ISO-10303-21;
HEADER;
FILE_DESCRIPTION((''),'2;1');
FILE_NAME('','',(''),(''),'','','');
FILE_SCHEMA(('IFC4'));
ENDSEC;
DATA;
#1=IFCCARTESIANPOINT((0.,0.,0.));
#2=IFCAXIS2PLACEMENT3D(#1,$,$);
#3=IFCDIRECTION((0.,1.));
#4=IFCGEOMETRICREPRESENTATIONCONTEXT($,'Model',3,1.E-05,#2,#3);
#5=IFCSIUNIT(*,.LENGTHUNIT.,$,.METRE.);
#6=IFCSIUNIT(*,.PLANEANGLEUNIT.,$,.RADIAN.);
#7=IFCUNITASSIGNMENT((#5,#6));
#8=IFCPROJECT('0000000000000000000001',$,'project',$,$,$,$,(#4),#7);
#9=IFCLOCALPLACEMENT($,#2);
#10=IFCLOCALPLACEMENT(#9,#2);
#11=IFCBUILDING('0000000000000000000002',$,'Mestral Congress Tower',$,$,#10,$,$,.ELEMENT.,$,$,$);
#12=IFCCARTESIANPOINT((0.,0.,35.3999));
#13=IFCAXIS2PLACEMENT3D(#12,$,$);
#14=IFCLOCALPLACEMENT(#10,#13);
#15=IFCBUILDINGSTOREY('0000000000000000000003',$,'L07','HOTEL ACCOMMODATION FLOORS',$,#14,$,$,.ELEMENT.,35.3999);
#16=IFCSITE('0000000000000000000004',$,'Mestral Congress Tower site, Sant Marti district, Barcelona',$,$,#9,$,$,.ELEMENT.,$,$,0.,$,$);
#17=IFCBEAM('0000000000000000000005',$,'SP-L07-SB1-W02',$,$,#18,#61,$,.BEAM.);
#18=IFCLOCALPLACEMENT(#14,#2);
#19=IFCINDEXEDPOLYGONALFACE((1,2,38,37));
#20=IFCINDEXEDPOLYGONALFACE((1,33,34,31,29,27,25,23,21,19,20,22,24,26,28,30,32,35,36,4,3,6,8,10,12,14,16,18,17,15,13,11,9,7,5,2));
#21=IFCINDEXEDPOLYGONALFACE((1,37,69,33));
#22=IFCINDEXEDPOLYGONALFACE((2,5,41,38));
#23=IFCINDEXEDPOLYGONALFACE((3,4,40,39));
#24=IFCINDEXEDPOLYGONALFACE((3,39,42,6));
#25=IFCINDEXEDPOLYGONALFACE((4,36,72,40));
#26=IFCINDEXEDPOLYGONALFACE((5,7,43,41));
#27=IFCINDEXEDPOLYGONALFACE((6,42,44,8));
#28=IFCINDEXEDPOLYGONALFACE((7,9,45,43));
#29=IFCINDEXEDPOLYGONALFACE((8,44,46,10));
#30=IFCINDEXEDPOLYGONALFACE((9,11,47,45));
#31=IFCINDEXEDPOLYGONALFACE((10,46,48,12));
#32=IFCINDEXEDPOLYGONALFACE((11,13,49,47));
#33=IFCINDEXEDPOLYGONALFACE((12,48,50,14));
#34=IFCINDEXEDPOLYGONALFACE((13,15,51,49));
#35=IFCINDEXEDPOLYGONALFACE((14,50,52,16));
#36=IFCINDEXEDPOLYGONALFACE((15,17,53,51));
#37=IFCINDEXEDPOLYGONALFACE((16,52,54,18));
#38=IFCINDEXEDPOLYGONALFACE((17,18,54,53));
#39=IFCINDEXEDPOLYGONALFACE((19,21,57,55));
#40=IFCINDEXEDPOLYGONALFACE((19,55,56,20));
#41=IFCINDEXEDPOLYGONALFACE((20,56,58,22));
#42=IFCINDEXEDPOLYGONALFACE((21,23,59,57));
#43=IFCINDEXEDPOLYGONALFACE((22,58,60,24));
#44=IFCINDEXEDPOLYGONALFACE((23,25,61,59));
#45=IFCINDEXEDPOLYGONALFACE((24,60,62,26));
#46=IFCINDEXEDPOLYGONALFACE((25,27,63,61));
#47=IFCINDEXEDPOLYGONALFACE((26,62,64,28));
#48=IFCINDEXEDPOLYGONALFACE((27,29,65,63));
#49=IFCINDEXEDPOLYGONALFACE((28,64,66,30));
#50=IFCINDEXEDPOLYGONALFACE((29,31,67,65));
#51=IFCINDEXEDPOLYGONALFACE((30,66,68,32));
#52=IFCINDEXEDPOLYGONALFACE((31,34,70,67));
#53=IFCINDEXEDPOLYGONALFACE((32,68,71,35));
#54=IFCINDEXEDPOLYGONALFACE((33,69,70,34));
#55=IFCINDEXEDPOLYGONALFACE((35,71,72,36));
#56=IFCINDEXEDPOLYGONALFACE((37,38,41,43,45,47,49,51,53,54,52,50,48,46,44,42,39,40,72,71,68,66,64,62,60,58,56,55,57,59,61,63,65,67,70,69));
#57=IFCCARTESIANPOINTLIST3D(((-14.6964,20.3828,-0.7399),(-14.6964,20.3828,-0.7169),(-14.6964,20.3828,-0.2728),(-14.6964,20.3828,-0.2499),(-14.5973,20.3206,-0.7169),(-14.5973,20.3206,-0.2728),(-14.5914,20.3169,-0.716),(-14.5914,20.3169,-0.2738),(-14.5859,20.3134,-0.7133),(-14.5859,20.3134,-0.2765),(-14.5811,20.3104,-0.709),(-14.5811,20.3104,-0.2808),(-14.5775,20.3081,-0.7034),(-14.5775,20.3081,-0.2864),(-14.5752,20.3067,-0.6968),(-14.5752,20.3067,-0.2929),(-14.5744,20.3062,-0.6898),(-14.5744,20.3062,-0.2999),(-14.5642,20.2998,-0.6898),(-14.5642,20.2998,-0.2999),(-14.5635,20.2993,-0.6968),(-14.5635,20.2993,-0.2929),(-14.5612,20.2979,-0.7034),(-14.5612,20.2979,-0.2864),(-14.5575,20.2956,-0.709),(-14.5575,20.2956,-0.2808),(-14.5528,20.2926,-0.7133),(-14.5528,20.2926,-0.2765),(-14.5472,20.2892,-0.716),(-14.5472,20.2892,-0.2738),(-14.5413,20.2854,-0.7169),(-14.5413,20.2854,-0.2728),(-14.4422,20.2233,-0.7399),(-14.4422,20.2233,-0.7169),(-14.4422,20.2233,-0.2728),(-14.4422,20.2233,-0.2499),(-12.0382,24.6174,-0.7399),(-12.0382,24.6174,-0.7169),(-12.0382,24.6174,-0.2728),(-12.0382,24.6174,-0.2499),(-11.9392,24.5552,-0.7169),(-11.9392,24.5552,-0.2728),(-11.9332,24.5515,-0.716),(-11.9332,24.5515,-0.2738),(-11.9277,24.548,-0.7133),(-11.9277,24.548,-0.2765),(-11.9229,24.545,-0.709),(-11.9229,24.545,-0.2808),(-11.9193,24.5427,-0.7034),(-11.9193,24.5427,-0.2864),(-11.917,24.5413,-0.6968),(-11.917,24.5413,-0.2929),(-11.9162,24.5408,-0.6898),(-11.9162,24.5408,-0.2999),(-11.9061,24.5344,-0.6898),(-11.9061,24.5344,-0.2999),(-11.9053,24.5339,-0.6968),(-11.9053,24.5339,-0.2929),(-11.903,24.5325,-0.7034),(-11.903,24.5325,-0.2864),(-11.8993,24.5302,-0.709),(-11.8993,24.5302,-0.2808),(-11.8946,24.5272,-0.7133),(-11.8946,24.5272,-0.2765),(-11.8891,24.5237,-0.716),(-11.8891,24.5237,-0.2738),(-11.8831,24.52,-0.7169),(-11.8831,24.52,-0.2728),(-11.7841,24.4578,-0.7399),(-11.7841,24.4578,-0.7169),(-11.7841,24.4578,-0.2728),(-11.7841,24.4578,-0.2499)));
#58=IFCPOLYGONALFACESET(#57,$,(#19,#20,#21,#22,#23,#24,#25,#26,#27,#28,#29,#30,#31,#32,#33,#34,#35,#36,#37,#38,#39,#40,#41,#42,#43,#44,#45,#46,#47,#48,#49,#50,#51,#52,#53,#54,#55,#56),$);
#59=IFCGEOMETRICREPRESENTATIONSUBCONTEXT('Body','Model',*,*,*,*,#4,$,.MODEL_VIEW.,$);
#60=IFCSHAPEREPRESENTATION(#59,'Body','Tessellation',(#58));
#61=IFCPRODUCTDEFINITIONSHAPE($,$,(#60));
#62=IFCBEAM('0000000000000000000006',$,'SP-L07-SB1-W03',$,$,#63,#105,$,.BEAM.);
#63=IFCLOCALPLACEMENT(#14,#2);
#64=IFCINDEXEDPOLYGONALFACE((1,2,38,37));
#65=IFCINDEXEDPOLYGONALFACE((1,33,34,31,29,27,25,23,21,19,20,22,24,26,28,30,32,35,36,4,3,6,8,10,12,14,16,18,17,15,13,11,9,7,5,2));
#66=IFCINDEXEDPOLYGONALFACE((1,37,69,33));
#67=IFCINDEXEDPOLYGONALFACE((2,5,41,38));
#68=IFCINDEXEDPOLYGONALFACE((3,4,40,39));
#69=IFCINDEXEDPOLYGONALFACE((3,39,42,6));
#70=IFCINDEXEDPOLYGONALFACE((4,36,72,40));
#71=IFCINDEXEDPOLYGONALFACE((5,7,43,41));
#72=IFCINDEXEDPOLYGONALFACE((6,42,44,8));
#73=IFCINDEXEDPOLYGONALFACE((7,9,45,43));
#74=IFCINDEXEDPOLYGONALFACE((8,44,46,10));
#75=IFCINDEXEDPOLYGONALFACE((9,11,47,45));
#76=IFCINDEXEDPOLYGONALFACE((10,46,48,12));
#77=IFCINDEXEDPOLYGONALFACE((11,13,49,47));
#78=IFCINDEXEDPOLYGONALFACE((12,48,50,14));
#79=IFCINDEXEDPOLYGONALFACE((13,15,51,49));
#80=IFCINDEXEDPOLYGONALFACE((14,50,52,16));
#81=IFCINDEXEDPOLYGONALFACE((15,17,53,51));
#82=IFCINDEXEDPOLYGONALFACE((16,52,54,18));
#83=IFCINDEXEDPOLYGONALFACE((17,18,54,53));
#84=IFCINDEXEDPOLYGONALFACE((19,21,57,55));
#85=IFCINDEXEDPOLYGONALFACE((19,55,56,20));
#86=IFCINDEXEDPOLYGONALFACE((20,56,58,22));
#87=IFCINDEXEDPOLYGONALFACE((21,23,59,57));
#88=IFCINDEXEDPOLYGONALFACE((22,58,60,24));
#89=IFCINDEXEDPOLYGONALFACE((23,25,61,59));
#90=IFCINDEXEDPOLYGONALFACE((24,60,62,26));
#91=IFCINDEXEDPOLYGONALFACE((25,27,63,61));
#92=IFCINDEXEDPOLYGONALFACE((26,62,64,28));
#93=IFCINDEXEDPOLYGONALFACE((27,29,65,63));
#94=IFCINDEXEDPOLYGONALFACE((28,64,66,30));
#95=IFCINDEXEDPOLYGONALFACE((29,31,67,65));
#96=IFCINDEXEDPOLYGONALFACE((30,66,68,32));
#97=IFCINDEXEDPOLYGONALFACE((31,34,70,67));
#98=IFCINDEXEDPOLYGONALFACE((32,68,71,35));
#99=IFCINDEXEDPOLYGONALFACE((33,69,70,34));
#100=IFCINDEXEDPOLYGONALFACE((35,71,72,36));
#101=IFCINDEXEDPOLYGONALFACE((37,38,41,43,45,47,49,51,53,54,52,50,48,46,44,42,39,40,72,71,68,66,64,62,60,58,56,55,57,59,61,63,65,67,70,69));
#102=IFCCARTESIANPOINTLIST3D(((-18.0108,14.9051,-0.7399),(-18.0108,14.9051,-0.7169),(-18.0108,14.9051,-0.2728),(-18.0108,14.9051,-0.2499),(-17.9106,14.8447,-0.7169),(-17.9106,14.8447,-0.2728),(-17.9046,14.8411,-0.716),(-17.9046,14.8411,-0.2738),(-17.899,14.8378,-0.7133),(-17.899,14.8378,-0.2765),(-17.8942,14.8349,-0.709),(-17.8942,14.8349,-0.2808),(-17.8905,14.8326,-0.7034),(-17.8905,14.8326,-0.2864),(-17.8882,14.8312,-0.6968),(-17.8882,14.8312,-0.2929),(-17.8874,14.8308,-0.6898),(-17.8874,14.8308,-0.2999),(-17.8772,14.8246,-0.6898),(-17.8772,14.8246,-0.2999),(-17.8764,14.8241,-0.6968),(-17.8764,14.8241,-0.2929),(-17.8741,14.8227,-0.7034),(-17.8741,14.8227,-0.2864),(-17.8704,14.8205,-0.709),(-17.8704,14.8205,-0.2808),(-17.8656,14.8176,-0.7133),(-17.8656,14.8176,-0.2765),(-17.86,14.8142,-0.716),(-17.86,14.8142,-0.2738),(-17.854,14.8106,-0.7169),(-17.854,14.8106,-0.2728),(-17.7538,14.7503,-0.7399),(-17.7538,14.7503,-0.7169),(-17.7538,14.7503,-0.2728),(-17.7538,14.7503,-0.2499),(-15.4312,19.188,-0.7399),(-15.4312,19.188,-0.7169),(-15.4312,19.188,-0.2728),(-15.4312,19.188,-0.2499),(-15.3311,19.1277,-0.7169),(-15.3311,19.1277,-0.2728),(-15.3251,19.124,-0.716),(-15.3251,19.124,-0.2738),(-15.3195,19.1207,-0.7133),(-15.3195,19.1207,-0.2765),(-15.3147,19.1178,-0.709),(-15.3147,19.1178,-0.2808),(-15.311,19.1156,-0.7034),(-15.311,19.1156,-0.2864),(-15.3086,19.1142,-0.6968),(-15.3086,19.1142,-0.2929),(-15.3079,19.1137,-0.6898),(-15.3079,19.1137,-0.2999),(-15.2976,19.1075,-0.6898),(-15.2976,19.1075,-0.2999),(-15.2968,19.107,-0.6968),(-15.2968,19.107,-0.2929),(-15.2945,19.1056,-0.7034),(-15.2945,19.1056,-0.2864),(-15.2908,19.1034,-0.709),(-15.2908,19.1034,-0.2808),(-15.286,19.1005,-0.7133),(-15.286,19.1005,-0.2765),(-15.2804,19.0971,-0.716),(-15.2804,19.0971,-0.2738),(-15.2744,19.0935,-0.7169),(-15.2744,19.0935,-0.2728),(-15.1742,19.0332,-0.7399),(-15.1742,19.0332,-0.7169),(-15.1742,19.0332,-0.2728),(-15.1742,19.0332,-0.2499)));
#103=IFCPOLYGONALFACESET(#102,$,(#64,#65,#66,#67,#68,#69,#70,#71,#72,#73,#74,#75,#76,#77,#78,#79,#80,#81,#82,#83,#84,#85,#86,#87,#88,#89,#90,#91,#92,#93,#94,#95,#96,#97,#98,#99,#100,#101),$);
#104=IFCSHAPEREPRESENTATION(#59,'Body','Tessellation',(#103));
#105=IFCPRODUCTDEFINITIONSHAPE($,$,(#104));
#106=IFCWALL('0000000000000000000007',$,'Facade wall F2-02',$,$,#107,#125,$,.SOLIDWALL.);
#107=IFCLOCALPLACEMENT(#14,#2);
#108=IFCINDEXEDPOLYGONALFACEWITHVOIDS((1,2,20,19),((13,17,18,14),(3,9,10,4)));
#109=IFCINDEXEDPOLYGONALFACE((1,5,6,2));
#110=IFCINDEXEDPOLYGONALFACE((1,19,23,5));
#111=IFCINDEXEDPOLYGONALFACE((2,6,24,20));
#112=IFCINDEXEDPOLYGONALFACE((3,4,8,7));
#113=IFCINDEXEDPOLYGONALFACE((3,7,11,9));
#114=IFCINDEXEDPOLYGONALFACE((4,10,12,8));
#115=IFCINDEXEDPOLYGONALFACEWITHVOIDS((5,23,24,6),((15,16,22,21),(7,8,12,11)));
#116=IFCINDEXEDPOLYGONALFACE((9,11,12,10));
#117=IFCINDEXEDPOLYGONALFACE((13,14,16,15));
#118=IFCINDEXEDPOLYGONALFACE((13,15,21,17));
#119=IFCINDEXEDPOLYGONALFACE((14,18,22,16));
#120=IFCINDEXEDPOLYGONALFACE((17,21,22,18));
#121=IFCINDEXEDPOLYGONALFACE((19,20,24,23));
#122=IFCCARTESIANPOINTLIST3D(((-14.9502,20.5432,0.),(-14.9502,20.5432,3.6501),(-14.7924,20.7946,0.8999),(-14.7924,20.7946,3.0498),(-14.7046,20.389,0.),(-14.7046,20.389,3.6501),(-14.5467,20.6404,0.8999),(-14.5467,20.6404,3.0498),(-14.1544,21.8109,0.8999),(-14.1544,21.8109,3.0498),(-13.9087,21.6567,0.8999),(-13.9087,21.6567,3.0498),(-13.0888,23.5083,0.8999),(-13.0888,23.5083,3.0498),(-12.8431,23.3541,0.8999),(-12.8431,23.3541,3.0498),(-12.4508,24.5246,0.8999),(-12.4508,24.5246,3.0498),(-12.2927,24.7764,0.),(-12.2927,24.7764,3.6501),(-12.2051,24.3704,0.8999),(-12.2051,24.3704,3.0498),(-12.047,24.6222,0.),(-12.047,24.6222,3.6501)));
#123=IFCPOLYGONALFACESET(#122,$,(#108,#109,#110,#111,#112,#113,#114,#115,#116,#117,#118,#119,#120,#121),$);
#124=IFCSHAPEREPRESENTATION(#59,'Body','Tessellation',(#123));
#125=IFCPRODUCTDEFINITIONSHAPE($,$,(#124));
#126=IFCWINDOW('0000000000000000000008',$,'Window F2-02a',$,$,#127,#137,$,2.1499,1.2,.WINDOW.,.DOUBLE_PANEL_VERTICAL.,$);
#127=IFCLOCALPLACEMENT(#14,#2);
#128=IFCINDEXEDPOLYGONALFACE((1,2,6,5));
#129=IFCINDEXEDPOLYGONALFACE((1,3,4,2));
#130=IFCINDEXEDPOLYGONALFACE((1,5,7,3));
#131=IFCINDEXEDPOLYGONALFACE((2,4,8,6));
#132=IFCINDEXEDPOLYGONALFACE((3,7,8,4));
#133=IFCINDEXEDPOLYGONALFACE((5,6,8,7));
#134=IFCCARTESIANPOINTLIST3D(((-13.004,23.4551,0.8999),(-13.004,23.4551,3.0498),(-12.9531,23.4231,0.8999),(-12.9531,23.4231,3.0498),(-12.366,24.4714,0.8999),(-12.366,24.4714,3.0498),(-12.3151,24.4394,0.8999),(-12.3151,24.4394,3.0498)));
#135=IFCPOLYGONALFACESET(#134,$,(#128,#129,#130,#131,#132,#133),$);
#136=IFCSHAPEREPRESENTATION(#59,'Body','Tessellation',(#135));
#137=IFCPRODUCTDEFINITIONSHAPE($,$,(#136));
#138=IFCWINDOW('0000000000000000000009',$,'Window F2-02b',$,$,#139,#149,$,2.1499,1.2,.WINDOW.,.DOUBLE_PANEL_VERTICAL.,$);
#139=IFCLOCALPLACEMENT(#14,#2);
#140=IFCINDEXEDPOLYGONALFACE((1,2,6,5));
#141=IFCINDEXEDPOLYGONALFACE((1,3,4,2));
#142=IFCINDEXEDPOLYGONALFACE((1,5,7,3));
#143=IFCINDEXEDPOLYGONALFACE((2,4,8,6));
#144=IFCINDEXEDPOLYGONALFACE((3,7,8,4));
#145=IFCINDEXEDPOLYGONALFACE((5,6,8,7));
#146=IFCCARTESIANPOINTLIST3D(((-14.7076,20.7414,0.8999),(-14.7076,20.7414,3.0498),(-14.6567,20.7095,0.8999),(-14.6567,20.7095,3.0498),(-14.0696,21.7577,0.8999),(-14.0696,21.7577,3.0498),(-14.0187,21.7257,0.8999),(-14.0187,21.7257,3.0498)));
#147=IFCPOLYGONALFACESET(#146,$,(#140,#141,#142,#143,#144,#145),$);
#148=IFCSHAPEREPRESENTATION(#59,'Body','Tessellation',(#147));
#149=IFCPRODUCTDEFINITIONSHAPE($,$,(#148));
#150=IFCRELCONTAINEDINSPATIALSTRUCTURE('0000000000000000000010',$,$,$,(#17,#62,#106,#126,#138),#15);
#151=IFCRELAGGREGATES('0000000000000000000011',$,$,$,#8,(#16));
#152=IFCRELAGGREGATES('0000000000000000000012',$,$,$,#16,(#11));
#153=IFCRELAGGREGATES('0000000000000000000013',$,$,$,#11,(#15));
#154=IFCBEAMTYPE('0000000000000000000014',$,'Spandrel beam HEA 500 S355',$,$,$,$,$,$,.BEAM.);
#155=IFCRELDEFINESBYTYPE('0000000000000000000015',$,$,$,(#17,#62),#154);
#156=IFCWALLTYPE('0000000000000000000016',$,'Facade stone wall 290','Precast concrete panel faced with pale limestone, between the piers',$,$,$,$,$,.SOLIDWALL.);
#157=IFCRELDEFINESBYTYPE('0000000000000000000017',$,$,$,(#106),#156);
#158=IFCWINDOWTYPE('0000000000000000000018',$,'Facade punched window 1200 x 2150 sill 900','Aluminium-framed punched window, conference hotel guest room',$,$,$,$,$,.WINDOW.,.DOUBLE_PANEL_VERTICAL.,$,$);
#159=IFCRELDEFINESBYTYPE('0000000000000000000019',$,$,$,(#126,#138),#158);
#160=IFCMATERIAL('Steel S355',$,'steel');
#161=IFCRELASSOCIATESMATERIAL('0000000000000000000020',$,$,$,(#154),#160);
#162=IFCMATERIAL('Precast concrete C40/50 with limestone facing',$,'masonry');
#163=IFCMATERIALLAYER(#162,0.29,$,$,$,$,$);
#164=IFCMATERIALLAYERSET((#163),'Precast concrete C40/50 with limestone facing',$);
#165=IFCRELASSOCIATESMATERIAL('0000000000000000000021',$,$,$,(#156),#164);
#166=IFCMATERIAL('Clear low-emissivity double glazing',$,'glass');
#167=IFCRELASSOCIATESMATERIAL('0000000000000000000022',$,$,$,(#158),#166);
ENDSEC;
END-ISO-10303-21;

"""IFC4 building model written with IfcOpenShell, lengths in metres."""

from ifc_helpers import new_model, si_unit, direction, frame, frame_2d, origin, origin_2d, place, context, subcontext, project, spatial, rectangle, i_section, extrude, material, layer, layer_set, material_profile, profile_set, type_object, element, fill, save


model = new_model("IFC4")

# Units and contexts
model_context = context("Model", 3, precision=1e-05, world=origin(), true_north=direction((0.0, 1.0)))
body_context = subcontext(model_context, "Body", "Model", "MODEL_VIEW")
ifc_project = project(units=[si_unit("LENGTHUNIT", "METRE"), si_unit("PLANEANGLEUNIT", "RADIAN")], contexts=[model_context])

# Site, building, storey
site_placement = place(None, origin())
site = spatial("IfcSite", under=ifc_project, at=site_placement, Name="Mestral Congress Tower site, Sant Marti district, Barcelona", CompositionType="ELEMENT", RefElevation=0.0)
building_placement = place(site_placement, origin())
building = spatial("IfcBuilding", under=site, at=building_placement, Name="Mestral Congress Tower", CompositionType="ELEMENT")
storey_placement = place(building_placement, frame((0.0, 0.0, 35.3999)))
storey = spatial("IfcBuildingStorey", under=building, at=storey_placement, Name="L07", Description="HOTEL ACCOMMODATION FLOORS", CompositionType="ELEMENT", Elevation=35.3999)

# Beams
ifc_material_1 = material(Name="Steel S355", Category="steel")
ifc_material_profile_1 = material_profile(ifc_material_1, i_section(OverallWidth=0.3, OverallDepth=0.49, WebThickness=0.012, FlangeThickness=0.0229, FilletRadius=0.0271, at=origin_2d()), Name="HEA 500")
ifc_profile_set_1 = profile_set([ifc_material_profile_1], Name="Steel S355")
beam_type_1 = type_object("IfcBeamType", Name="Spandrel beam HEA 500 S355", PredefinedType="BEAM", material=ifc_profile_set_1)
for number, where, z_axis, x_axis, name in (
    (1, (-11.9111, 24.5376, -0.4949), (-0.531661, -0.846957, 0.0), (0.846957, -0.531661, 0.0), "SP-L07-SB1-W02"),
    (2, (-15.3027, 19.1106, -0.4949), (-0.515938, -0.856626, 0.0), (0.856626, -0.515938, 0.0), "SP-L07-SB1-W03"),
):
    element("IfcBeam", number, at=place(storey_placement, frame(where, z_axis=z_axis, x_axis=x_axis)), inside=storey, type_object=beam_type_1, Name=name, PredefinedType="BEAM", context=body_context, shape_type="SweptSolid", body=[
        extrude(i_section(OverallWidth=0.3, OverallDepth=0.49, WebThickness=0.012, FlangeThickness=0.0229, FilletRadius=0.0271, at=origin_2d()), origin(), (0.0, 0.0, 1.0), 4.9998),
    ])

# Wall, openings, windows
ifc_material_2 = material(Name="Precast concrete C40/50 with limestone facing", Category="masonry")
ifc_layer_1 = layer(ifc_material_2, 0.29)
ifc_layer_set_1 = layer_set([ifc_layer_1], Name="Precast concrete C40/50 with limestone facing")
wall_type_1 = type_object("IfcWallType", Name="Facade stone wall 290", Description="Precast concrete panel faced with pale limestone, between the piers", PredefinedType="SOLIDWALL", material=ifc_layer_set_1)
wall_1_placement = place(storey_placement, frame((-12.1699, 24.6992, 0.0), z_axis=(0.0, 0.0, 1.0), x_axis=(-0.531688, -0.84694, 0.0)))
wall_1 = element("IfcWall", 3, at=wall_1_placement, inside=storey, type_object=wall_type_1, Name="Facade wall F2-02", PredefinedType="SOLIDWALL", context=body_context, shape_type="SweptSolid", body=[
    extrude(rectangle(XDim=4.9983, YDim=0.29, at=frame_2d((2.499, 0.0))), origin(), (0.0, 0.0, 1.0), 3.6501),
])
opening_1_placement = place(wall_1_placement, frame((0.2971, 0.0, 0.8999)))
opening_1 = element("IfcOpeningElement", 4, at=opening_1_placement, cuts=wall_1, PredefinedType="OPENING", context=body_context, shape_type="SweptSolid", body=[
    extrude(rectangle(XDim=1.2, YDim=2.1499, at=frame_2d((0.6001, 1.075))), frame((0.0, 0.155, 0.0), z_axis=(0.0, -1.0, 0.0), x_axis=(1.0, 0.0, 0.0)), (0.0, 0.0, 1.0), 0.3101),
])
opening_2_placement = place(wall_1_placement, frame((3.5012, 0.0, 0.8999)))
opening_2 = element("IfcOpeningElement", 5, at=opening_2_placement, cuts=wall_1, PredefinedType="OPENING", context=body_context, shape_type="SweptSolid", body=[
    extrude(rectangle(XDim=1.2, YDim=2.1499, at=frame_2d((0.6001, 1.075))), frame((0.0, 0.155, 0.0), z_axis=(0.0, -1.0, 0.0), x_axis=(1.0, 0.0, 0.0)), (0.0, 0.0, 1.0), 0.3101),
])
ifc_material_3 = material(Name="Clear low-emissivity double glazing", Category="glass")
window_type = type_object("IfcWindowType", Name="Facade punched window 1200 x 2150 sill 900", Description="Aluminium-framed punched window, conference hotel guest room", PartitioningType="DOUBLE_PANEL_VERTICAL", PredefinedType="WINDOW", material=ifc_material_3)
window_1_placement = place(opening_1_placement, origin())
window_1 = element("IfcWindow", 6, at=window_1_placement, inside=storey, type_object=window_type, Name="Window F2-02a", OverallHeight=2.1499, OverallWidth=1.2, PartitioningType="DOUBLE_PANEL_VERTICAL", PredefinedType="WINDOW", context=body_context, shape_type="SweptSolid", body=[
    extrude(rectangle(XDim=1.2, YDim=2.1499, at=frame_2d((0.6001, 1.075))), frame((0.0, 0.0151, 0.0), z_axis=(0.0, -1.0, 0.0), x_axis=(1.0, 0.0, 0.0)), (0.0, 0.0, 1.0), 0.0601),
])
fill(opening_1, window_1)
window_2_placement = place(opening_2_placement, origin())
window_2 = element("IfcWindow", 7, at=window_2_placement, inside=storey, type_object=window_type, Name="Window F2-02b", OverallHeight=2.1499, OverallWidth=1.2, PartitioningType="DOUBLE_PANEL_VERTICAL", PredefinedType="WINDOW", context=body_context, shape_type="SweptSolid", body=[
    extrude(rectangle(XDim=1.2, YDim=2.1499, at=frame_2d((0.6001, 1.075))), frame((0.0, 0.0151, 0.0), z_axis=(0.0, -1.0, 0.0), x_axis=(1.0, 0.0, 0.0)), (0.0, 0.0, 1.0), 0.0601),
])
fill(opening_2, window_2)

save(model, "model.ifc")
